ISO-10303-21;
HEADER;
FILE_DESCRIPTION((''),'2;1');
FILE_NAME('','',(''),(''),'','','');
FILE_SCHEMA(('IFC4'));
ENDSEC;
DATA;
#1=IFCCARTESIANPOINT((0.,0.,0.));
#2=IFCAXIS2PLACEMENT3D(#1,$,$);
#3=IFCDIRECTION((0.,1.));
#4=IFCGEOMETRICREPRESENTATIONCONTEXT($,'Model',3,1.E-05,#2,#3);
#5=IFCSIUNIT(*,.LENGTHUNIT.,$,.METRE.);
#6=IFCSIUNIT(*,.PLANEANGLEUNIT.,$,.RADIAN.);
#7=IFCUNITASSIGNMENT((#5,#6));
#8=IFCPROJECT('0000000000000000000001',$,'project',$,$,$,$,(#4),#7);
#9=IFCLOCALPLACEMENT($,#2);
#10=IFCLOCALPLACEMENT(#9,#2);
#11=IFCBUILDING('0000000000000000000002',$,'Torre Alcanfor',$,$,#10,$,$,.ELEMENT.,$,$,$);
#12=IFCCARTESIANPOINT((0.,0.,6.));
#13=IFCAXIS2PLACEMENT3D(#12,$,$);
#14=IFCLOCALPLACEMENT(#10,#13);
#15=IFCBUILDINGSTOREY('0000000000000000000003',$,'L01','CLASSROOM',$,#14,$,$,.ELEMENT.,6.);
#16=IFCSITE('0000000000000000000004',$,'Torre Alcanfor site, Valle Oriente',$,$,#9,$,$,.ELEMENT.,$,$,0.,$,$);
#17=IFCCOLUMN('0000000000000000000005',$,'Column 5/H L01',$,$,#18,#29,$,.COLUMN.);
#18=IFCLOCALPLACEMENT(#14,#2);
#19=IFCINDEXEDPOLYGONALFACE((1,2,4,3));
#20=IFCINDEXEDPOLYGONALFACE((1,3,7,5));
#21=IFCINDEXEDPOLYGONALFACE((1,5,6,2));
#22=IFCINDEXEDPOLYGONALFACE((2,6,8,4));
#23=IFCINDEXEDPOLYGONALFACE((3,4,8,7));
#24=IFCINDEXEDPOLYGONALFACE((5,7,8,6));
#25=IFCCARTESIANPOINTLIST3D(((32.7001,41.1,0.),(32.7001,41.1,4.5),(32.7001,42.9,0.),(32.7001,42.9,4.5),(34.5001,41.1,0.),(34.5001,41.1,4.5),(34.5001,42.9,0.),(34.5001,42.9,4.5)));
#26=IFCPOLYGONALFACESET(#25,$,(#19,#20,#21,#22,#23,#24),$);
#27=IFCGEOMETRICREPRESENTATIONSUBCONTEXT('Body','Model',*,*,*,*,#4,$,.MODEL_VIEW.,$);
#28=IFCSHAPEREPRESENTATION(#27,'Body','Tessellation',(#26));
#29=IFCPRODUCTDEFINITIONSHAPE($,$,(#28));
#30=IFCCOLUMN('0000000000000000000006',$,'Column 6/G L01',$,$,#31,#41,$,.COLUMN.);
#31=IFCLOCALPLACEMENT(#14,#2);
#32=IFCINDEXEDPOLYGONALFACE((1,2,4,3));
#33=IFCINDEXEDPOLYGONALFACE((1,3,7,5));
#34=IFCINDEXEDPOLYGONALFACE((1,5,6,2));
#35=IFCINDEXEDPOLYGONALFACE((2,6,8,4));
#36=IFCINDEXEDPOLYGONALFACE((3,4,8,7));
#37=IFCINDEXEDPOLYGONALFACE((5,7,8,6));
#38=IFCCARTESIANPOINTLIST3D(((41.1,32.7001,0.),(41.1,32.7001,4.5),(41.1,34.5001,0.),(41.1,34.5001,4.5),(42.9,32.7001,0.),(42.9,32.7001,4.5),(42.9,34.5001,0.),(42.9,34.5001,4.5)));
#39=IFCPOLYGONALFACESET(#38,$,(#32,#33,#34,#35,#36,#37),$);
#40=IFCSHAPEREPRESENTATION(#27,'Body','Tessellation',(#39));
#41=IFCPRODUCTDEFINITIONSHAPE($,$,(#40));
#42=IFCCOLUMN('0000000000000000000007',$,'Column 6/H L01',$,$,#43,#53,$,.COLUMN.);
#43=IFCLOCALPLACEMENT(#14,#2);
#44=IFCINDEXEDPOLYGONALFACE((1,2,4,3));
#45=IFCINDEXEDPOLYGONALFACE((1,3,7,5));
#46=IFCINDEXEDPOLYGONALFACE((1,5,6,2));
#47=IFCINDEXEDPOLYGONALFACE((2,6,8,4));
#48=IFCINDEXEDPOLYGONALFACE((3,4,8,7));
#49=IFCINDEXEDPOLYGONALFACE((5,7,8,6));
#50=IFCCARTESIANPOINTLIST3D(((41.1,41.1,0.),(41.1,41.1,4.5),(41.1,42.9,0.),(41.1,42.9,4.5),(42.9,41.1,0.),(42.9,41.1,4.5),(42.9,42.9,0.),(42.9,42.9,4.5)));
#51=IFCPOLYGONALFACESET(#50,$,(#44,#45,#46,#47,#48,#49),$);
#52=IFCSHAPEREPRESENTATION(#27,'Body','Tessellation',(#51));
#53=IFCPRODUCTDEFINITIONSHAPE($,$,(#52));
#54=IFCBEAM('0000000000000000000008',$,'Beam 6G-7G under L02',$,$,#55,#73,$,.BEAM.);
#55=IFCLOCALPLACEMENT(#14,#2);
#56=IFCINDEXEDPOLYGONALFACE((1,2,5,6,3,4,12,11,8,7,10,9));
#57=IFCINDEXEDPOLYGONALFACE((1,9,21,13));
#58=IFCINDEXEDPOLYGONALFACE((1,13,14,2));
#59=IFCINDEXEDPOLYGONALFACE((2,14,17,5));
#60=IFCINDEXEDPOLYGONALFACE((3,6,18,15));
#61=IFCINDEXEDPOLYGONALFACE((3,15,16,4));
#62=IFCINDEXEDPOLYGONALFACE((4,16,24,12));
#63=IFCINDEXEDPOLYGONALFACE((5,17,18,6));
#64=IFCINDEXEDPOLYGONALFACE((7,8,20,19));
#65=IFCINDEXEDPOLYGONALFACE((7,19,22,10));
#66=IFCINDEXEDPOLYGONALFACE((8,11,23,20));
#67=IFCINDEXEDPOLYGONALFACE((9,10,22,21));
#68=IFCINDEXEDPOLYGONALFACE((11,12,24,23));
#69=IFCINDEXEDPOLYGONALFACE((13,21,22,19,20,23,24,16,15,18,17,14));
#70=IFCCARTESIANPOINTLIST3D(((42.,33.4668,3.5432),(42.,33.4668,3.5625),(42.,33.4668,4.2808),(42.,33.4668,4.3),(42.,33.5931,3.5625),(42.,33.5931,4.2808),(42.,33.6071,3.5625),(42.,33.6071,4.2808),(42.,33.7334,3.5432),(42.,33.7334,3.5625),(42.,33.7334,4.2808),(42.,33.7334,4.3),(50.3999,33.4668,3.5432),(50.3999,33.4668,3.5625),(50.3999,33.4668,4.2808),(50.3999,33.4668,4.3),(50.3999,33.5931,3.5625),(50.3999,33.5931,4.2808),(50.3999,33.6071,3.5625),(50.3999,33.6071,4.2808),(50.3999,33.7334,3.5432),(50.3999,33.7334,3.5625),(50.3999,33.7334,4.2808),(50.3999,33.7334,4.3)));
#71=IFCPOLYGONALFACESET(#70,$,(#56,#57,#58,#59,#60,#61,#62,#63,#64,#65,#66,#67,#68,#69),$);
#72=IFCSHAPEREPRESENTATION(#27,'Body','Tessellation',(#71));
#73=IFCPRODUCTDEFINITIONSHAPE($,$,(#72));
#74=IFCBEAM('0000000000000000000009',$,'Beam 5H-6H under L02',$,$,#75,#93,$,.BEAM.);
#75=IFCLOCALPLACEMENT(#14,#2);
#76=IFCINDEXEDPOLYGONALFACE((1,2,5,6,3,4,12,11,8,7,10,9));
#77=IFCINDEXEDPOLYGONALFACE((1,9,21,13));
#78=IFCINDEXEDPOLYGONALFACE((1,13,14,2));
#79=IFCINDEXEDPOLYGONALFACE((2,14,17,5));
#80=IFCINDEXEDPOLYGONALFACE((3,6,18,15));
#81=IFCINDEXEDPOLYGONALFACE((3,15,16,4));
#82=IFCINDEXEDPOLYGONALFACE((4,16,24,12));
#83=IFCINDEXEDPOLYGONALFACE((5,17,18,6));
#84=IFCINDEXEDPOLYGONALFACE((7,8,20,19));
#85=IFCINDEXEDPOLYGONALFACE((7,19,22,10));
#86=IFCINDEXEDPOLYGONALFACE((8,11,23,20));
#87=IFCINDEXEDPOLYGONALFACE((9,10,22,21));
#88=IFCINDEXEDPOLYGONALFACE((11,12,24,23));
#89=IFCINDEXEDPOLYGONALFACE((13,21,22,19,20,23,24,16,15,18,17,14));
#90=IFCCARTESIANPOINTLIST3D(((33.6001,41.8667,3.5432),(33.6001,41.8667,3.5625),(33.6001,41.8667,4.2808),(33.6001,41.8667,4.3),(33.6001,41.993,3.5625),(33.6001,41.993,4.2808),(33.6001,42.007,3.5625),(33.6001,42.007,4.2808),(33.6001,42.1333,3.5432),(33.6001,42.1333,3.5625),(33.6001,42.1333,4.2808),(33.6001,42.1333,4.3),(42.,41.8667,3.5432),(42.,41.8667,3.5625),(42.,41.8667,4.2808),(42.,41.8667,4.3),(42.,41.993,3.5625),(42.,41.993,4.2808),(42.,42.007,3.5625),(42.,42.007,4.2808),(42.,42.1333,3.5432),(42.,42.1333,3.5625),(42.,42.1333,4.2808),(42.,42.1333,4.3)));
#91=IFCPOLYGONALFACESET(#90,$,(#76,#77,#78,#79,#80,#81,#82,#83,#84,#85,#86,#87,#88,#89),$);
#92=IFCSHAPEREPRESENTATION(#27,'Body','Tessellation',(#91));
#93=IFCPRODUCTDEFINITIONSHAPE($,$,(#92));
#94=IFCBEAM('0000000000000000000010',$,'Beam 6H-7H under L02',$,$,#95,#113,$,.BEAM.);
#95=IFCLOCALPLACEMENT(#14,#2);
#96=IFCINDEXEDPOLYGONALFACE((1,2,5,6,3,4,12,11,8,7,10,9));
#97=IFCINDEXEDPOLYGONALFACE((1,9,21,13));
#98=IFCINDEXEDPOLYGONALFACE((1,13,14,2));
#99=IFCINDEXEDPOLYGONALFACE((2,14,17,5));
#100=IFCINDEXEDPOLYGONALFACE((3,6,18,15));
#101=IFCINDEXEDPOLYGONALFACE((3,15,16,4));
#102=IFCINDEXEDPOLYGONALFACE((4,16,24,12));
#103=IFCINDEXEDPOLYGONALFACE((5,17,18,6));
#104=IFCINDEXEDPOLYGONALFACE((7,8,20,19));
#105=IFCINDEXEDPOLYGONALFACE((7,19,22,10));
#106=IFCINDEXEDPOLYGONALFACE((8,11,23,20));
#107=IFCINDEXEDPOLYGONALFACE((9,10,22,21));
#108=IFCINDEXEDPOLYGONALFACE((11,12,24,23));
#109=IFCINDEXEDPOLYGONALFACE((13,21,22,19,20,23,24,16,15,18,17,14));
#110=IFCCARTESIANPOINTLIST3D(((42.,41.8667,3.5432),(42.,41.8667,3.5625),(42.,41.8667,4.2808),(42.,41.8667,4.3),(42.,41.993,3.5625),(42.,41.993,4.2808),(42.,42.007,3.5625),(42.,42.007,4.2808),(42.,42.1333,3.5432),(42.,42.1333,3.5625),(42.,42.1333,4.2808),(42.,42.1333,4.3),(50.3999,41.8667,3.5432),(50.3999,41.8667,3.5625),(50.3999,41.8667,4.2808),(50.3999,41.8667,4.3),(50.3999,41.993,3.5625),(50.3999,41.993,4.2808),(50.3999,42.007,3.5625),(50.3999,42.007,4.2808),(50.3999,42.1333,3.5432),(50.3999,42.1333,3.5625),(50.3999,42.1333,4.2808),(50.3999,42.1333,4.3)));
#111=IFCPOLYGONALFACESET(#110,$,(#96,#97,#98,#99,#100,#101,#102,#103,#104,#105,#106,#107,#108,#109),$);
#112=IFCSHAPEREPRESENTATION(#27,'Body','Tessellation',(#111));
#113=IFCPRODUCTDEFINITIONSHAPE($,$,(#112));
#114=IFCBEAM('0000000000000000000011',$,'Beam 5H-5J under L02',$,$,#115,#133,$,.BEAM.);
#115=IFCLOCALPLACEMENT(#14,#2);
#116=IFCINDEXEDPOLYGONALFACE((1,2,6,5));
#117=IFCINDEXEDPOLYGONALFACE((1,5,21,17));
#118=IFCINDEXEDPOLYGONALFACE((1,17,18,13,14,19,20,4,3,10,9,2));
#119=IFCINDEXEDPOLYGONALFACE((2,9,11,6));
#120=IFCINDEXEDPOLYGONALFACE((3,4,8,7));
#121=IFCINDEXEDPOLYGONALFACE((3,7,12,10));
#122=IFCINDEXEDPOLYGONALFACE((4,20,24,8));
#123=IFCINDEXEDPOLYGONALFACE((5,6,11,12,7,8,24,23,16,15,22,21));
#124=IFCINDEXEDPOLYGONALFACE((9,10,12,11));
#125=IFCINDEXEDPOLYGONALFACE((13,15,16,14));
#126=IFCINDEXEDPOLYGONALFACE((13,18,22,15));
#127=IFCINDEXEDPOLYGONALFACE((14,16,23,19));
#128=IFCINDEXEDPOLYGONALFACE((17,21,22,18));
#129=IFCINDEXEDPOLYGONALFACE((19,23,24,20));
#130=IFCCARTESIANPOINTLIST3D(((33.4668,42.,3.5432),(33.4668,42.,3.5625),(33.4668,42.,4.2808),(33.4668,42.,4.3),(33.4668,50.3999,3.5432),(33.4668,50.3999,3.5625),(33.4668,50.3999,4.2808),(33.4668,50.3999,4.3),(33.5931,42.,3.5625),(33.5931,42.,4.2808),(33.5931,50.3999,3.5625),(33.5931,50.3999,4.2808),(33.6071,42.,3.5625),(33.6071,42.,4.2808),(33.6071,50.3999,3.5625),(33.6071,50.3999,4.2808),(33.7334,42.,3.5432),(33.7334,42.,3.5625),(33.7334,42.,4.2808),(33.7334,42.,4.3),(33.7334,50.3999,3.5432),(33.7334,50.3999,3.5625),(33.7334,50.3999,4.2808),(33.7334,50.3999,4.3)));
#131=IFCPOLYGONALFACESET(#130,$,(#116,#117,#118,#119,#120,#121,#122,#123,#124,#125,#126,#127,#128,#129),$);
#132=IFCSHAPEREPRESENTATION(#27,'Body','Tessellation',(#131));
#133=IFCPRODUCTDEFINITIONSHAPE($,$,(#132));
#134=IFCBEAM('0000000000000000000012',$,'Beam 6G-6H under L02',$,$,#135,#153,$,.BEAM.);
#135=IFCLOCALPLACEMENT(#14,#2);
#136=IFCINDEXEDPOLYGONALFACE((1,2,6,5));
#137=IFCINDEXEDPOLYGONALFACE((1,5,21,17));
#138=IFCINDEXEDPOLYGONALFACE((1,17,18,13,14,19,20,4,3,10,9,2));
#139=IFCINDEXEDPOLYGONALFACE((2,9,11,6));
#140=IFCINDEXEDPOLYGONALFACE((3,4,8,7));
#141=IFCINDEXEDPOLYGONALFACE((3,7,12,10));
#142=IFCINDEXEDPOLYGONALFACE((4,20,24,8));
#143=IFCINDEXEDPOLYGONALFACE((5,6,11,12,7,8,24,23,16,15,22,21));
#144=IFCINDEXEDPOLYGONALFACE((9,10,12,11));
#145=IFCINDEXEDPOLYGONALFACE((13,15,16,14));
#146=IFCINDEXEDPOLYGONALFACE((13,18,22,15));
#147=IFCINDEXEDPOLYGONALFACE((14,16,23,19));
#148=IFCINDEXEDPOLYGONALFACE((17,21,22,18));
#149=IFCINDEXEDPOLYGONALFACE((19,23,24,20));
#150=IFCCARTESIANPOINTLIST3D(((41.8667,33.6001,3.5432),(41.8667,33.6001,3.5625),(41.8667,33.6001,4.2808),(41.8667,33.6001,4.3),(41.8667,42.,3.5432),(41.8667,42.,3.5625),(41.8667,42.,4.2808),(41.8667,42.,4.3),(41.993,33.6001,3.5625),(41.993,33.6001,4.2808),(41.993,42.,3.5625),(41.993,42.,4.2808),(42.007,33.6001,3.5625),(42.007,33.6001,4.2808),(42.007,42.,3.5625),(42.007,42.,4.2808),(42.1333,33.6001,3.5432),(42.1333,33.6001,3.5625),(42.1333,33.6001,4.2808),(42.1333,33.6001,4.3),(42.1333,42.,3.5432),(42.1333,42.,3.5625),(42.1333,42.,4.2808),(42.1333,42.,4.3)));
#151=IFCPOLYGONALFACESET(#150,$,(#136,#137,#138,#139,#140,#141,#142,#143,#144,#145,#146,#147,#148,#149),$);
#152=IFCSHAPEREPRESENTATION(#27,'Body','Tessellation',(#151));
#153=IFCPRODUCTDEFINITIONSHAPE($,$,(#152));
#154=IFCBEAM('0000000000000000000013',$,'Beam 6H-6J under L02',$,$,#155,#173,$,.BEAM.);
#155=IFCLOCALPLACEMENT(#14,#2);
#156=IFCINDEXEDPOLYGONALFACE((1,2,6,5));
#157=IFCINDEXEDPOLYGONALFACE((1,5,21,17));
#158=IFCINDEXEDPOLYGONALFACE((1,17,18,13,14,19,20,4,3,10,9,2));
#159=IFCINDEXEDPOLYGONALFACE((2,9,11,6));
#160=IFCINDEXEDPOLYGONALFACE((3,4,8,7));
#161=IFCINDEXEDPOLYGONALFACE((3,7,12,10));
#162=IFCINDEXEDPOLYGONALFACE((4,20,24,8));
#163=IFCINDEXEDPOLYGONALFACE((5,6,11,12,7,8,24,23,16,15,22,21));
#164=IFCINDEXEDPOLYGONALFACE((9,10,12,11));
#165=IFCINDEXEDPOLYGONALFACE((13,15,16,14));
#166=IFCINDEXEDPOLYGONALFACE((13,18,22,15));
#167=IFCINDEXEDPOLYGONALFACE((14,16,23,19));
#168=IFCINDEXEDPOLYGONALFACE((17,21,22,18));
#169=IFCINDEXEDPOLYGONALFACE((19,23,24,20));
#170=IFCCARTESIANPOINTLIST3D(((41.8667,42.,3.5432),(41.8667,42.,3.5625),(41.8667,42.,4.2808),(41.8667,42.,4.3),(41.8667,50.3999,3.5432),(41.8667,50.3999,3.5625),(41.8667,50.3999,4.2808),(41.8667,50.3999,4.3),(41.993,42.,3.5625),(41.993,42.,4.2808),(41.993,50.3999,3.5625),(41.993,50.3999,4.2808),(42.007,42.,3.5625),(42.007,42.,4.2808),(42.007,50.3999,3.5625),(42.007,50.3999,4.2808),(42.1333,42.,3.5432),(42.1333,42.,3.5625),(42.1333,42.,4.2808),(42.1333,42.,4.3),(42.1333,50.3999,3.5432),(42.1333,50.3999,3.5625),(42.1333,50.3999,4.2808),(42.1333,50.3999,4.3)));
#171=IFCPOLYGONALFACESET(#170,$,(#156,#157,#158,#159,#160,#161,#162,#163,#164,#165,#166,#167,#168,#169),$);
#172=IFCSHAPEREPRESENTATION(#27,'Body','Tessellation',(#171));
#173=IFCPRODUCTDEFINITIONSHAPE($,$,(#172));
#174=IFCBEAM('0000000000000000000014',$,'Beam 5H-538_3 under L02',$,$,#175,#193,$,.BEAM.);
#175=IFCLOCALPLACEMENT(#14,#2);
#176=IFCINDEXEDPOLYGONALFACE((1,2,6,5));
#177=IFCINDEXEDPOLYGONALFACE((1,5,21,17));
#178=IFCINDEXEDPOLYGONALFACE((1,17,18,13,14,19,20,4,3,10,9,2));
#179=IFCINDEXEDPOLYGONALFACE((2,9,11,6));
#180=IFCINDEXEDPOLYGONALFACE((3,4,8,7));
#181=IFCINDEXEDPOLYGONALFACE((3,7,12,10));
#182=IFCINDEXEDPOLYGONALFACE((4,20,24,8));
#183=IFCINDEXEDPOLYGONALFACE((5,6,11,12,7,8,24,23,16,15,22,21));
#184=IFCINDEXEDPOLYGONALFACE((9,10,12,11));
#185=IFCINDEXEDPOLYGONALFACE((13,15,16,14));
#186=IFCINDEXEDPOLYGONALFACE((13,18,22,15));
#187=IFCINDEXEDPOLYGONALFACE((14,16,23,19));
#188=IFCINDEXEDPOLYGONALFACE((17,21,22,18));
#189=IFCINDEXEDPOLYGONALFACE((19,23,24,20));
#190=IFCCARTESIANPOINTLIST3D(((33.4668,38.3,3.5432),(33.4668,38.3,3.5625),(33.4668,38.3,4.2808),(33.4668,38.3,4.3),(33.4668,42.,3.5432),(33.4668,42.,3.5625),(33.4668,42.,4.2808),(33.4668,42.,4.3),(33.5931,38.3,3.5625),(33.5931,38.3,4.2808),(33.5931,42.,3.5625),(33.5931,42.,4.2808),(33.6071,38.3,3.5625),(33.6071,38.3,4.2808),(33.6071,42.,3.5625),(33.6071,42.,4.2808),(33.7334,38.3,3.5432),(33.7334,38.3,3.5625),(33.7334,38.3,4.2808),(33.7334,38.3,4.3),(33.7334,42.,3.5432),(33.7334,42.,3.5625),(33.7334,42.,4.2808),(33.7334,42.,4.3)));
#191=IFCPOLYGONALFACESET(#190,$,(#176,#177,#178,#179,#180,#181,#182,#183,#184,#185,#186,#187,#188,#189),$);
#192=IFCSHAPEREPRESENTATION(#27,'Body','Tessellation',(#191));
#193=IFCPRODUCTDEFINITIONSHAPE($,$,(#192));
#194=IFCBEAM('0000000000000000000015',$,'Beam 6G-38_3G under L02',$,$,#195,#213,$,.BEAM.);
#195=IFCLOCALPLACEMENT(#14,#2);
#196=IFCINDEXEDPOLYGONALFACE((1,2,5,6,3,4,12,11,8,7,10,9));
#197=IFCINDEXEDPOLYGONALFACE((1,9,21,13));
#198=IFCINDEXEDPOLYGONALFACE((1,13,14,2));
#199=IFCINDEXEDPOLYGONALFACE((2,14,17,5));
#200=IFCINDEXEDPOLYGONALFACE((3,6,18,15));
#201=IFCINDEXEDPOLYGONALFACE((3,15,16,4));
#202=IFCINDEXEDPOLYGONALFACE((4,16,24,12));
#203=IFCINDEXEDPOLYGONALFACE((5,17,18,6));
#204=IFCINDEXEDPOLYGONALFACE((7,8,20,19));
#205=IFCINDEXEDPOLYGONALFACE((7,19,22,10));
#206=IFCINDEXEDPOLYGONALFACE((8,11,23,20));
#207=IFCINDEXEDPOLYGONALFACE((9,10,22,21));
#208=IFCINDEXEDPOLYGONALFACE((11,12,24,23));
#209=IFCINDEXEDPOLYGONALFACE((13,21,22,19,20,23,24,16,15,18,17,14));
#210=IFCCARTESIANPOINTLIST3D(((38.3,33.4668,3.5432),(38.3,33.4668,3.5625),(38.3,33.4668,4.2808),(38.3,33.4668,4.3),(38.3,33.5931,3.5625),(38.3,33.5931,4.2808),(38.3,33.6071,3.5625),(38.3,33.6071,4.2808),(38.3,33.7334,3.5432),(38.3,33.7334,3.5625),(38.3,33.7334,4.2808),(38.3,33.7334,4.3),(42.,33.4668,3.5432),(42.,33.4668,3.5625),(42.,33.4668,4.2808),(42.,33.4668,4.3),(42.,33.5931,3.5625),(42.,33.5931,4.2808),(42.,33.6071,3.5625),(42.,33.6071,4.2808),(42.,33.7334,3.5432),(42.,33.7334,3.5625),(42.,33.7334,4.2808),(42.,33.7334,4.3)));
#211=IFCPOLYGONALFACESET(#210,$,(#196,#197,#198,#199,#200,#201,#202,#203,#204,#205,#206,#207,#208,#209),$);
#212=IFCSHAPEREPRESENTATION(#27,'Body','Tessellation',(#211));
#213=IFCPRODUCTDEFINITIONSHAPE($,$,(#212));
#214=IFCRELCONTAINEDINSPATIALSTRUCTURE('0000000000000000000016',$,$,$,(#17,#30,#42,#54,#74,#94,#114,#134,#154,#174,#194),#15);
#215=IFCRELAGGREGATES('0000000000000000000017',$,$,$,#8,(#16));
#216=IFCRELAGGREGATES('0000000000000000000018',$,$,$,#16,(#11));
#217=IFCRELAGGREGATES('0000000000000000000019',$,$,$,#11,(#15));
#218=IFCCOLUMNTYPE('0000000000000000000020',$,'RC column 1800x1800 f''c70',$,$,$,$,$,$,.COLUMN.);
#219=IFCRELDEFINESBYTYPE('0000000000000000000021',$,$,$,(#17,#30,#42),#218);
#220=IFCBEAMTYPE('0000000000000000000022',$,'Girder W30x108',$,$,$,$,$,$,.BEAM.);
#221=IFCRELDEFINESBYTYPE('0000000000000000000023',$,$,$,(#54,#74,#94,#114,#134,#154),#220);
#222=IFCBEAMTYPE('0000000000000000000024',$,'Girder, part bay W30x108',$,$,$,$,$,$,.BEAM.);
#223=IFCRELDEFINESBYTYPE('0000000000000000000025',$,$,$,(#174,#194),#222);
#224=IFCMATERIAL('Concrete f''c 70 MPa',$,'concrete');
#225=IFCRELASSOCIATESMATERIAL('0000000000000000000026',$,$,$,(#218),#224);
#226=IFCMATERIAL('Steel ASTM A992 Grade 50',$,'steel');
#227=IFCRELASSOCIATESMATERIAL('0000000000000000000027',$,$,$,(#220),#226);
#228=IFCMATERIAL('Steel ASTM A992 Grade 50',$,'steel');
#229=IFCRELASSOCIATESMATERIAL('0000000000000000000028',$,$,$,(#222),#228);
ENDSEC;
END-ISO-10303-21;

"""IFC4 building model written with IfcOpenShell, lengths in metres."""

from ifc_helpers import new_model, si_unit, direction, frame, origin, origin_2d, place, context, subcontext, project, spatial, rectangle, i_section, extrude, material, material_profile, profile_set, type_object, element, save


model = new_model("IFC4")

# Units and contexts
model_context = context("Model", 3, precision=1e-05, world=origin(), true_north=direction((0.0, 1.0)))
body_context = subcontext(model_context, "Body", "Model", "MODEL_VIEW")
ifc_project = project(units=[si_unit("LENGTHUNIT", "METRE"), si_unit("PLANEANGLEUNIT", "RADIAN")], contexts=[model_context])

# Site, building, storey
site_placement = place(None, origin())
site = spatial("IfcSite", under=ifc_project, at=site_placement, Name="Torre Alcanfor site, Valle Oriente", CompositionType="ELEMENT", RefElevation=0.0)
building_placement = place(site_placement, origin())
building = spatial("IfcBuilding", under=site, at=building_placement, Name="Torre Alcanfor", CompositionType="ELEMENT")
storey_placement = place(building_placement, frame((0.0, 0.0, 6.0)))
storey = spatial("IfcBuildingStorey", under=building, at=storey_placement, Name="L01", Description="CLASSROOM", CompositionType="ELEMENT", Elevation=6.0)

# Columns
ifc_material_1 = material(Name="Concrete f'c 70 MPa", Category="concrete")
ifc_material_profile_1 = material_profile(ifc_material_1, rectangle(XDim=1.8, YDim=1.8, at=origin_2d()), Name="1800x1800")
ifc_profile_set_1 = profile_set([ifc_material_profile_1], Name="Concrete f'c 70 MPa")
column_type = type_object("IfcColumnType", Name="RC column 1800x1800 f'c70", PredefinedType="COLUMN", material=ifc_profile_set_1)
for number, where, z_axis, x_axis, name in (
    (1, (33.6001, 42.0, 0.0), (0.0, 0.0, 1.0), (1.0, 0.0, 0.0), "Column 5/H L01"),
    (2, (42.0, 33.6001, 0.0), (0.0, 0.0, 1.0), (1.0, 0.0, 0.0), "Column 6/G L01"),
    (3, (42.0, 42.0, 0.0), (0.0, 0.0, 1.0), (1.0, 0.0, 0.0), "Column 6/H L01"),
):
    element("IfcColumn", number, at=place(storey_placement, frame(where, z_axis=z_axis, x_axis=x_axis)), inside=storey, type_object=column_type, Name=name, PredefinedType="COLUMN", context=body_context, shape_type="SweptSolid", body=[
        extrude(rectangle(XDim=1.8, YDim=1.8, at=origin_2d()), origin(), (0.0, 0.0, 1.0), 4.5),
    ])

# Beams
ifc_material_2 = material(Name="Steel ASTM A992 Grade 50", Category="steel")
ifc_material_profile_2 = material_profile(ifc_material_2, i_section(OverallWidth=0.2666, OverallDepth=0.7568, WebThickness=0.0139, FlangeThickness=0.0193, at=origin_2d()), Name="W30x108")
ifc_profile_set_2 = profile_set([ifc_material_profile_2], Name="Steel ASTM A992 Grade 50")
beam_type_1 = type_object("IfcBeamType", Name="Girder W30x108", PredefinedType="BEAM", material=ifc_profile_set_2)
for number, where, z_axis, x_axis, name in (
    (4, (42.0, 33.6001, 3.9216), (1.0, 0.0, 0.0), (0.0, 1.0, 0.0), "Beam 6G-7G under L02"),
    (5, (33.6001, 42.0, 3.9216), (1.0, 0.0, 0.0), (0.0, 1.0, 0.0), "Beam 5H-6H under L02"),
    (6, (42.0, 42.0, 3.9216), (1.0, 0.0, 0.0), (0.0, 1.0, 0.0), "Beam 6H-7H under L02"),
    (7, (33.6001, 42.0, 3.9216), (0.0, 1.0, 0.0), (-1.0, 0.0, 0.0), "Beam 5H-5J under L02"),
    (8, (42.0, 33.6001, 3.9216), (0.0, 1.0, 0.0), (-1.0, 0.0, 0.0), "Beam 6G-6H under L02"),
    (9, (42.0, 42.0, 3.9216), (0.0, 1.0, 0.0), (-1.0, 0.0, 0.0), "Beam 6H-6J under L02"),
):
    element("IfcBeam", number, at=place(storey_placement, frame(where, z_axis=z_axis, x_axis=x_axis)), inside=storey, type_object=beam_type_1, Name=name, PredefinedType="BEAM", context=body_context, shape_type="SweptSolid", body=[
        extrude(i_section(OverallWidth=0.2666, OverallDepth=0.7568, WebThickness=0.0139, FlangeThickness=0.0193, at=origin_2d()), origin(), (0.0, 0.0, 1.0), 8.3999),
    ])
ifc_material_3 = material(Name="Steel ASTM A992 Grade 50", Category="steel")
ifc_material_profile_3 = material_profile(ifc_material_3, i_section(OverallWidth=0.2666, OverallDepth=0.7568, WebThickness=0.0139, FlangeThickness=0.0193, at=origin_2d()), Name="W30x108")
ifc_profile_set_3 = profile_set([ifc_material_profile_3], Name="Steel ASTM A992 Grade 50")
beam_type_2 = type_object("IfcBeamType", Name="Girder, part bay W30x108", PredefinedType="BEAM", material=ifc_profile_set_3)
for number, where, z_axis, x_axis, name in (
    (10, (33.6001, 42.0, 3.9216), (0.0, -1.0, 0.0), (1.0, 0.0, 0.0), "Beam 5H-538_3 under L02"),
    (11, (42.0, 33.6001, 3.9216), (-1.0, 0.0, 0.0), (0.0, -1.0, 0.0), "Beam 6G-38_3G under L02"),
):
    element("IfcBeam", number, at=place(storey_placement, frame(where, z_axis=z_axis, x_axis=x_axis)), inside=storey, type_object=beam_type_2, Name=name, PredefinedType="BEAM", context=body_context, shape_type="SweptSolid", body=[
        extrude(i_section(OverallWidth=0.2666, OverallDepth=0.7568, WebThickness=0.0139, FlangeThickness=0.0193, at=origin_2d()), origin(), (0.0, 0.0, 1.0), 3.7),
    ])

save(model, "model.ifc")
